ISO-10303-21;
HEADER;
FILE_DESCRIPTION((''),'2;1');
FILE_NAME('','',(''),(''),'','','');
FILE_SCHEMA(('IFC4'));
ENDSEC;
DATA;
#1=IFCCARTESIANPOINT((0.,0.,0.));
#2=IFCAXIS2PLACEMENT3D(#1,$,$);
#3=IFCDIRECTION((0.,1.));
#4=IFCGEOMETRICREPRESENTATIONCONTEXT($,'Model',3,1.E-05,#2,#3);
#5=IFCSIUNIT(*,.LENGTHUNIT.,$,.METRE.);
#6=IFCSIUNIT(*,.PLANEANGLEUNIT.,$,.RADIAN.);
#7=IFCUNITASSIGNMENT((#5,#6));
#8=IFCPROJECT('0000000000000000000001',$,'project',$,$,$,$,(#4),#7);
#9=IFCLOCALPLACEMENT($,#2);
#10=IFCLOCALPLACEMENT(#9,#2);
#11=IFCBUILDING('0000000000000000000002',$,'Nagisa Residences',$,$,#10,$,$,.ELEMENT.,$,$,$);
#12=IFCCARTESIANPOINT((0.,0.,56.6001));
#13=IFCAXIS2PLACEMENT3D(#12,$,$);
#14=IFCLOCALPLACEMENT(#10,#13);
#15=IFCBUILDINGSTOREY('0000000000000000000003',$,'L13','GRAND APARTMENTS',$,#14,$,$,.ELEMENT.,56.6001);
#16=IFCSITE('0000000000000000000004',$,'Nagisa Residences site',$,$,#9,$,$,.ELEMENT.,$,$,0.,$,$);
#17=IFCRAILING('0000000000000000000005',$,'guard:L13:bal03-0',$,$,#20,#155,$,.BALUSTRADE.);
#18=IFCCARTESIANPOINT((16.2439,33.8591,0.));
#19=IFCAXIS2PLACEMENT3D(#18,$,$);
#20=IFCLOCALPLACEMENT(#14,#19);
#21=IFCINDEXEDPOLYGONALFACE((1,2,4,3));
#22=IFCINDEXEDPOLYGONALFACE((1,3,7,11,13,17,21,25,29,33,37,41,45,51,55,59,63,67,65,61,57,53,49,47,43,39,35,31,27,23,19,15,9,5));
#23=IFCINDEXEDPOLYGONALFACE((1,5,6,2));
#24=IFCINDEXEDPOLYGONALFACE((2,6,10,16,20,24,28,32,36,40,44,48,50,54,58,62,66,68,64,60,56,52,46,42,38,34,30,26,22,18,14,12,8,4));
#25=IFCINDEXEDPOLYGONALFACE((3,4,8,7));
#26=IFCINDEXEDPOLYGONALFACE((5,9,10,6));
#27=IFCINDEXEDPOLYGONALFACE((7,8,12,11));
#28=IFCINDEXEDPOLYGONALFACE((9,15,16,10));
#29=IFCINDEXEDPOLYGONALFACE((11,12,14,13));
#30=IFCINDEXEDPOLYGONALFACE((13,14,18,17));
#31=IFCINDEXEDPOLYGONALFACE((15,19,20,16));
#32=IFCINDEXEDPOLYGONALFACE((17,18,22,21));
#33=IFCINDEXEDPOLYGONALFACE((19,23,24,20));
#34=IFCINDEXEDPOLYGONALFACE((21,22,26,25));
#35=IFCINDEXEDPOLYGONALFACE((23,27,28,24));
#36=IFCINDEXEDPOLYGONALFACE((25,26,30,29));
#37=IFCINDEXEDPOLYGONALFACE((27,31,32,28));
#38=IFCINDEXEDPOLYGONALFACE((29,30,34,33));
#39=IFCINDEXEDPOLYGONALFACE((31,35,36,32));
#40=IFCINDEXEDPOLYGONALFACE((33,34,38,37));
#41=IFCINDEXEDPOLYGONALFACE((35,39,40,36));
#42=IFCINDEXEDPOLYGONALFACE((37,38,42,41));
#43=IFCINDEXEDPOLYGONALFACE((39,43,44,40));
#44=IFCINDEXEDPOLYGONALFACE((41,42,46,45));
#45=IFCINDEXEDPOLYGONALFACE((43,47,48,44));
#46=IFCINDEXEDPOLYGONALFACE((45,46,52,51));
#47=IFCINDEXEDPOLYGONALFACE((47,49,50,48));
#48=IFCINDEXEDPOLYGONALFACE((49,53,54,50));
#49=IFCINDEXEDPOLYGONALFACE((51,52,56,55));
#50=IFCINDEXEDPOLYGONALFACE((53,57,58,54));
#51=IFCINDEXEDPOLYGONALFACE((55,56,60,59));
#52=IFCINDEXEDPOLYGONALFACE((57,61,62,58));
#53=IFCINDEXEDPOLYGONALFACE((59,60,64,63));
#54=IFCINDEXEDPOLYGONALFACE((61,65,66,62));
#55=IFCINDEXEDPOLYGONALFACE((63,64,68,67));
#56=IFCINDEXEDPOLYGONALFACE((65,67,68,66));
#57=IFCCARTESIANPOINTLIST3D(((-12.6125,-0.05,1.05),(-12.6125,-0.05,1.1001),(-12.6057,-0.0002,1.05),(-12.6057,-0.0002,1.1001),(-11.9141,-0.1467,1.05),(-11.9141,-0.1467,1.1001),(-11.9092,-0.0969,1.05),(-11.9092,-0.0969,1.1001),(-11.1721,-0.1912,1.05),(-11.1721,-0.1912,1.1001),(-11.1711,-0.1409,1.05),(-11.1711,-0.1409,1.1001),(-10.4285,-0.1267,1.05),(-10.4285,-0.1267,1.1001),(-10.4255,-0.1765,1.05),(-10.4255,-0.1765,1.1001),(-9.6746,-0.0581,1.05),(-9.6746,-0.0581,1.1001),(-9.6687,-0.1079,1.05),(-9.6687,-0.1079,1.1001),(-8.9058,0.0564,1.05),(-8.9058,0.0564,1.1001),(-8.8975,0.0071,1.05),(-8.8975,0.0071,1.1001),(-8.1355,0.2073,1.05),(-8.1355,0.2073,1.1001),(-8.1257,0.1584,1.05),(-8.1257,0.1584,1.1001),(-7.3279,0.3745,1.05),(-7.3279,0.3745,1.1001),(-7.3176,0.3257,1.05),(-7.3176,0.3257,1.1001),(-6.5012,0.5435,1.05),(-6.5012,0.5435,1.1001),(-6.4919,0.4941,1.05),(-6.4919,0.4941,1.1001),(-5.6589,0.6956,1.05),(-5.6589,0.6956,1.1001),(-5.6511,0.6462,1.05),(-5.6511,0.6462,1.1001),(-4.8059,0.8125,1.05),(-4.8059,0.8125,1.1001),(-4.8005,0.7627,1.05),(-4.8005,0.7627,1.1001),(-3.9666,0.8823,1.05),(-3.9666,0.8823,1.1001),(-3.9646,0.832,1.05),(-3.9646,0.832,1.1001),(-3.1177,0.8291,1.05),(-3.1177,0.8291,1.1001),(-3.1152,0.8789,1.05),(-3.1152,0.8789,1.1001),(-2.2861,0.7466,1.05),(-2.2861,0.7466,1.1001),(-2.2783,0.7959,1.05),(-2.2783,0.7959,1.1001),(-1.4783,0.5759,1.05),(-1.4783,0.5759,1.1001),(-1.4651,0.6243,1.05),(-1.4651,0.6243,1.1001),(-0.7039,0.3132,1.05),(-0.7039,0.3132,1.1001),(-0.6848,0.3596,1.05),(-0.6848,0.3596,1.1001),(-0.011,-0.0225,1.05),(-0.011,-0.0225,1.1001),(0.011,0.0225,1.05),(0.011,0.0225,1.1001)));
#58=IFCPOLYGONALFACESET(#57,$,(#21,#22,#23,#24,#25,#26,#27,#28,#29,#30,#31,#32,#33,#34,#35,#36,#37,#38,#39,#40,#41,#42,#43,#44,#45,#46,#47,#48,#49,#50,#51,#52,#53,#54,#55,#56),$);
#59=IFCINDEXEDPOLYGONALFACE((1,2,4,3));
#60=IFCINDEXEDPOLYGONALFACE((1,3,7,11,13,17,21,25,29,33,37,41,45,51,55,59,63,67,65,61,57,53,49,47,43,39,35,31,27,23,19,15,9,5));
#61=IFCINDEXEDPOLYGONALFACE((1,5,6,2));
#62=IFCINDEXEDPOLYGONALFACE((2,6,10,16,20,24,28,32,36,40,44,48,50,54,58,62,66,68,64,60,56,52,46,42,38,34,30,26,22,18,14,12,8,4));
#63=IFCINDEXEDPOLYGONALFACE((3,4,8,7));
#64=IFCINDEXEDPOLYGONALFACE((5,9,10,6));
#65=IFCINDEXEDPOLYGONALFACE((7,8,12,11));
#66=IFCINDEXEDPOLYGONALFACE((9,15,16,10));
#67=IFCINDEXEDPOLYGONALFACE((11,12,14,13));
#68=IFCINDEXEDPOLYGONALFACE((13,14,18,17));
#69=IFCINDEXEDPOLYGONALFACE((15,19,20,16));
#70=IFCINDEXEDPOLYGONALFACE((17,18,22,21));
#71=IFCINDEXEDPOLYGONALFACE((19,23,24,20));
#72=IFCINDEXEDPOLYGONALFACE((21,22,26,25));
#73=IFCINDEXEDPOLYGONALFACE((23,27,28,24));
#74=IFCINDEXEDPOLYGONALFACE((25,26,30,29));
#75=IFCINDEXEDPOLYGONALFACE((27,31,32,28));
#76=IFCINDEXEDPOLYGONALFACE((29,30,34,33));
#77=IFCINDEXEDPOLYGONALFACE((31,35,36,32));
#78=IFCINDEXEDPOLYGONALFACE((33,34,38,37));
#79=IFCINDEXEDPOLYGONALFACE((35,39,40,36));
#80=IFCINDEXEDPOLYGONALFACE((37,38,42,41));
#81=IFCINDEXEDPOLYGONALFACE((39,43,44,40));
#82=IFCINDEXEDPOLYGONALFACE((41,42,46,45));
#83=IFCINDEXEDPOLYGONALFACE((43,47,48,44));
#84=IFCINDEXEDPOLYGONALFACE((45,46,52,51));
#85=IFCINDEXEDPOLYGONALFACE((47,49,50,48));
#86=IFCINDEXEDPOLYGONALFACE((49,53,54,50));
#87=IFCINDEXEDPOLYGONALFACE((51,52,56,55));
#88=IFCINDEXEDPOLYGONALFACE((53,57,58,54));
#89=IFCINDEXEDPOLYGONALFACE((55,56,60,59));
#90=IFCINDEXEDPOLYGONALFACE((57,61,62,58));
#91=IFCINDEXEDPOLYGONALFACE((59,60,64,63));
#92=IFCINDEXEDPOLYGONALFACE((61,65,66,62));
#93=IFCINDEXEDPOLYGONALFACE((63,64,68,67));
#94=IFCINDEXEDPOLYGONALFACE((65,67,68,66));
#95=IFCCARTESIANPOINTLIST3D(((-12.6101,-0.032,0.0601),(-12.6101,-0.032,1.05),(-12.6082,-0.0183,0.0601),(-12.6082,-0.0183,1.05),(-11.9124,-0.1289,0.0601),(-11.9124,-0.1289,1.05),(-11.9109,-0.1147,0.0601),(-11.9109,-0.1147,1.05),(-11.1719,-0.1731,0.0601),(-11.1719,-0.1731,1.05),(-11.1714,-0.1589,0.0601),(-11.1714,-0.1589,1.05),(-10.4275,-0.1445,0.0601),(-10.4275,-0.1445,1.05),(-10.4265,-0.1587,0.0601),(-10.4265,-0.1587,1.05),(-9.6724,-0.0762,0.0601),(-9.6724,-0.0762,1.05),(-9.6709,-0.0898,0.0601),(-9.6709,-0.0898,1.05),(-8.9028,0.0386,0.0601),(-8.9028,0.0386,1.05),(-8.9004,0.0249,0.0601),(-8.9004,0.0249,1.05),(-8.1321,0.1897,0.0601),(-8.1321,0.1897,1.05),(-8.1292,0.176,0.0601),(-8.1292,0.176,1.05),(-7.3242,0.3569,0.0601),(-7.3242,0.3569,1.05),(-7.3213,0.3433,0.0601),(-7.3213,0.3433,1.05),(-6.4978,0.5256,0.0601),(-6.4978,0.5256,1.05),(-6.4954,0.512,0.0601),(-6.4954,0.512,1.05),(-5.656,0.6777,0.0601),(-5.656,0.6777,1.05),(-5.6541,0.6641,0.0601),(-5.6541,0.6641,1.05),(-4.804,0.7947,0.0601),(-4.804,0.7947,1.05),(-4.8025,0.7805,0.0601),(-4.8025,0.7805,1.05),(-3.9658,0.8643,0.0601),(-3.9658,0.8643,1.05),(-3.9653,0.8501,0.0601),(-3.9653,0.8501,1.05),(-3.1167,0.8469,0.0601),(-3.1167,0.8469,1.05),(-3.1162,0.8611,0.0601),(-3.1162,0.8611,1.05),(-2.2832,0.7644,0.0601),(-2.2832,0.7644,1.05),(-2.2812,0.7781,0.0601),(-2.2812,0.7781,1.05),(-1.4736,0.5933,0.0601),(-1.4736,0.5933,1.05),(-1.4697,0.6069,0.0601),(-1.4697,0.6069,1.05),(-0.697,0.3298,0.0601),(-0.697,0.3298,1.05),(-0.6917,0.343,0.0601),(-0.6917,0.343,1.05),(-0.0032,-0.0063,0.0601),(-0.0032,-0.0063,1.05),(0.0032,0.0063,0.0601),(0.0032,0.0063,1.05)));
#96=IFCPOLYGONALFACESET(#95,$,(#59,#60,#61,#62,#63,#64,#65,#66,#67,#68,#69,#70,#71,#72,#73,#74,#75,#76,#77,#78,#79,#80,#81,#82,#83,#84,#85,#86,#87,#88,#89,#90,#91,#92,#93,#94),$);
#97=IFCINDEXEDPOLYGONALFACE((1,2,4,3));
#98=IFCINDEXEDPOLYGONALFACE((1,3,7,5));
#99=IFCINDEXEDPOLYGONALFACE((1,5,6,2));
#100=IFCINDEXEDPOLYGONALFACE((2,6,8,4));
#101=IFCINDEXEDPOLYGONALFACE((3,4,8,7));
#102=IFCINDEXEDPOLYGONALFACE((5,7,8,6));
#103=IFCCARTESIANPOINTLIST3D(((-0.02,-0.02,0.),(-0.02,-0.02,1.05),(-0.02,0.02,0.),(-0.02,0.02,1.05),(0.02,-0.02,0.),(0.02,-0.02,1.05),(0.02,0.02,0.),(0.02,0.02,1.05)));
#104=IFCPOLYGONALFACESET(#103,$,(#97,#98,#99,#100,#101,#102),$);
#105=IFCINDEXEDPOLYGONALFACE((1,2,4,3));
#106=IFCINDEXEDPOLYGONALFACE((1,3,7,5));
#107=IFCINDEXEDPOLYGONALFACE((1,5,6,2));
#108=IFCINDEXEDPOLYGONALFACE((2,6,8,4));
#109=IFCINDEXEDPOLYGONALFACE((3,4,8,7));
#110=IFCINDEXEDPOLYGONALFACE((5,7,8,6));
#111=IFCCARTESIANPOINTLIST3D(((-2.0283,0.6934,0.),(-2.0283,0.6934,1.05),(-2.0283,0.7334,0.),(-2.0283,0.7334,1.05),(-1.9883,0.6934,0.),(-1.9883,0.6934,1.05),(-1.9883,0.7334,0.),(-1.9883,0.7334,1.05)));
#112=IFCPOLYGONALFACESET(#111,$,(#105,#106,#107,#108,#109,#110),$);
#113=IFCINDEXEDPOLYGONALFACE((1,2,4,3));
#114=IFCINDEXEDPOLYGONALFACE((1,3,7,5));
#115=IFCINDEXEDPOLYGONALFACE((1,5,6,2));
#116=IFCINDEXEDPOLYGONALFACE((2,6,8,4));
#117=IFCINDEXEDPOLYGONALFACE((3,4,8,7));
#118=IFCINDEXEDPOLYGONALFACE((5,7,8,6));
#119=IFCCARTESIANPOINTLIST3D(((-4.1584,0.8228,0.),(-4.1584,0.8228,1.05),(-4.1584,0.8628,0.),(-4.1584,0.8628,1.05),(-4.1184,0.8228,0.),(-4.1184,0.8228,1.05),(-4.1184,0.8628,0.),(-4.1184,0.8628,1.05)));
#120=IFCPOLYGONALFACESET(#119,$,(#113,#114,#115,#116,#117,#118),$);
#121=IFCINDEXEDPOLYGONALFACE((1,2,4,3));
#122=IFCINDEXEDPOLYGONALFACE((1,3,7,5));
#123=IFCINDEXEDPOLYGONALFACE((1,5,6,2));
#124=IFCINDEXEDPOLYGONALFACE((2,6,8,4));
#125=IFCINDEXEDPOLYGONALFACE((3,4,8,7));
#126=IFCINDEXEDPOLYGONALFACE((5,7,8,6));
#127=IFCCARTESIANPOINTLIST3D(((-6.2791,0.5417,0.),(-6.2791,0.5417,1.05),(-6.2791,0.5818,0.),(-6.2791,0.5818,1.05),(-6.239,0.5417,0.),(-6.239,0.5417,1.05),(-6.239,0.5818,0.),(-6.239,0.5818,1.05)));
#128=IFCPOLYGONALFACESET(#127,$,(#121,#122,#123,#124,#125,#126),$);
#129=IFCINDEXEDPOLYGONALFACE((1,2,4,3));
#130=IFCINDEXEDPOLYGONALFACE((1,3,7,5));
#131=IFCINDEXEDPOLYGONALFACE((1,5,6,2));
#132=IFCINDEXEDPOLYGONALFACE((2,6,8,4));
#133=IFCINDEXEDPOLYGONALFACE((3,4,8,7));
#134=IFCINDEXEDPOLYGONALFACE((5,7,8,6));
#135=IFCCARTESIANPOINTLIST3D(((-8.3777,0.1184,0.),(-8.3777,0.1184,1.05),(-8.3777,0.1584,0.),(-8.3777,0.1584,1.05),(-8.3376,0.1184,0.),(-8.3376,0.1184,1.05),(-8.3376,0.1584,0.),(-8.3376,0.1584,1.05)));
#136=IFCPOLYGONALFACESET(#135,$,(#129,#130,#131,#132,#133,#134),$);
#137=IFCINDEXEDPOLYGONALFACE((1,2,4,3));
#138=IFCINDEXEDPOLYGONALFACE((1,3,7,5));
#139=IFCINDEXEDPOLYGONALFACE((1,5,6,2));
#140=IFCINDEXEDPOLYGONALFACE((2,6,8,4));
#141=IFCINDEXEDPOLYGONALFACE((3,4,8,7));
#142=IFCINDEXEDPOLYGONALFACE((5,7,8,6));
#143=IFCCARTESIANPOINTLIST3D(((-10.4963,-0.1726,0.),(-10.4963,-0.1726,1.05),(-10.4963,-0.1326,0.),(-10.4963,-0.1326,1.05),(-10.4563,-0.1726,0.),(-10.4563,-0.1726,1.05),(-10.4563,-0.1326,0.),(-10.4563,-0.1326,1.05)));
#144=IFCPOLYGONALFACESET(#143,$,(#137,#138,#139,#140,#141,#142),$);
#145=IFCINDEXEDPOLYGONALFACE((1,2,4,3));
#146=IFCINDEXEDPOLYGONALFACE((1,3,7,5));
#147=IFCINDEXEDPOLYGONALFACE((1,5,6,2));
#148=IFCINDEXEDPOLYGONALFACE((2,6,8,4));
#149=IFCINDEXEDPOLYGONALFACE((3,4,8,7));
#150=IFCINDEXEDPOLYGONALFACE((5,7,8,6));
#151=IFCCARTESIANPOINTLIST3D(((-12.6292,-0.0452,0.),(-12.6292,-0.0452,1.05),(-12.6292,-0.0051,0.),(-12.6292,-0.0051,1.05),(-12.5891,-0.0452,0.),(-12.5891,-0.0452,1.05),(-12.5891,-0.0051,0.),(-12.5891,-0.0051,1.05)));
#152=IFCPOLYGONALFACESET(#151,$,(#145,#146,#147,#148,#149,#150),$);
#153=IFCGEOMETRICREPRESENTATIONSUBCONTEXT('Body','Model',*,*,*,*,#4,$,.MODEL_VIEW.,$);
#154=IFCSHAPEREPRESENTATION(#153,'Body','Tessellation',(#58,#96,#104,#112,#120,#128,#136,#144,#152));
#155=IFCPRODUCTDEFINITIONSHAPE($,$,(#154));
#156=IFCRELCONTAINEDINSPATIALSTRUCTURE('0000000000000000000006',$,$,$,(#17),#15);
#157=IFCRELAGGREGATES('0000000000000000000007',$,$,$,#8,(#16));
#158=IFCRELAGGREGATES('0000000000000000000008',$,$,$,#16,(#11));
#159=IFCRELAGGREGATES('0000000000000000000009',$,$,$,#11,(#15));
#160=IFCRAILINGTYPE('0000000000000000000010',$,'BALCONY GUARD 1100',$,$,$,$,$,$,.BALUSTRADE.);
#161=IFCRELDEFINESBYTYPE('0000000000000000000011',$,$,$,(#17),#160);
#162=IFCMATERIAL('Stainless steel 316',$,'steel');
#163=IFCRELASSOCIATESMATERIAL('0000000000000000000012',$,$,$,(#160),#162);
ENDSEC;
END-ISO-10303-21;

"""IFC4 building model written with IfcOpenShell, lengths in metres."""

from ifc_helpers import new_model, si_unit, direction, frame, origin, origin_2d, place, context, subcontext, project, spatial, polyline, rectangle, outline, extrude, material, type_object, element, save


model = new_model("IFC4")

# Units and contexts
model_context = context("Model", 3, precision=1e-05, world=origin(), true_north=direction((0.0, 1.0)))
body_context = subcontext(model_context, "Body", "Model", "MODEL_VIEW")
ifc_project = project(units=[si_unit("LENGTHUNIT", "METRE"), si_unit("PLANEANGLEUNIT", "RADIAN")], contexts=[model_context])

# Site, building, storey
site_placement = place(None, origin())
site = spatial("IfcSite", under=ifc_project, at=site_placement, Name="Nagisa Residences site", CompositionType="ELEMENT", RefElevation=0.0)
building_placement = place(site_placement, origin())
building = spatial("IfcBuilding", under=site, at=building_placement, Name="Nagisa Residences", CompositionType="ELEMENT")
storey_placement = place(building_placement, frame((0.0, 0.0, 56.6001)))
storey = spatial("IfcBuildingStorey", under=building, at=storey_placement, Name="L13", Description="GRAND APARTMENTS", CompositionType="ELEMENT", Elevation=56.6001)

# Railing
ifc_material_1 = material(Name="Stainless steel 316", Category="steel")
railing_type = type_object("IfcRailingType", Name="BALCONY GUARD 1100", PredefinedType="BALUSTRADE", material=ifc_material_1)
railing_1_placement = place(storey_placement, frame((16.2439, 33.8591, 0.0)))
element("IfcRailing", 1, at=railing_1_placement, inside=storey, type_object=railing_type, Name="guard:L13:bal03-0", PredefinedType="BALUSTRADE", context=body_context, shape_type="SweptSolid", body=[
    extrude(outline(polyline([(-0.7039, 0.3132), (-0.011, -0.0225), (0.011, 0.0225), (-0.6848, 0.3596), (-1.4651, 0.6243), (-2.2783, 0.7959), (-3.1152, 0.8789), (-3.9666, 0.8823), (-4.8059, 0.8125), (-5.6589, 0.6956), (-6.5012, 0.5435), (-7.3279, 0.3745), (-8.1355, 0.2073), (-8.9058, 0.0564), (-9.6746, -0.0581), (-10.4285, -0.1267), (-11.1711, -0.1409), (-11.9092, -0.0969), (-12.6057, -0.0002), (-12.6125, -0.05), (-11.9141, -0.1467), (-11.1721, -0.1912), (-10.4255, -0.1765), (-9.6687, -0.1079), (-8.8975, 0.0071), (-8.1257, 0.1584), (-7.3176, 0.3257), (-6.4919, 0.4941), (-5.6511, 0.6462), (-4.8005, 0.7627), (-3.9646, 0.832), (-3.1177, 0.8291), (-2.2861, 0.7466), (-1.4783, 0.5759), (-0.7039, 0.3132)])), frame((0.0, 0.0, 1.05)), (0.0, 0.0, 1.0), 0.05),
    extrude(outline(polyline([(-0.697, 0.3298), (-0.0032, -0.0063), (0.0032, 0.0063), (-0.6917, 0.343), (-1.4697, 0.6069), (-2.2812, 0.7781), (-3.1162, 0.8611), (-3.9658, 0.8643), (-4.804, 0.7947), (-5.656, 0.6777), (-6.4978, 0.5256), (-7.3242, 0.3569), (-8.1321, 0.1897), (-8.9028, 0.0386), (-9.6724, -0.0762), (-10.4275, -0.1445), (-11.1714, -0.1589), (-11.9109, -0.1147), (-12.6082, -0.0183), (-12.6101, -0.032), (-11.9124, -0.1289), (-11.1719, -0.1731), (-10.4265, -0.1587), (-9.6709, -0.0898), (-8.9004, 0.0249), (-8.1292, 0.176), (-7.3213, 0.3433), (-6.4954, 0.512), (-5.6541, 0.6641), (-4.8025, 0.7805), (-3.9653, 0.8501), (-3.1167, 0.8469), (-2.2832, 0.7644), (-1.4736, 0.5933), (-0.697, 0.3298)])), frame((0.0, 0.0, 0.0601)), (0.0, 0.0, 1.0), 0.99),
    extrude(rectangle(XDim=0.04, YDim=0.04, at=origin_2d()), origin(), (0.0, 0.0, 1.0), 1.05),
    extrude(rectangle(XDim=0.04, YDim=0.04, at=origin_2d()), frame((-2.0083, 0.7134, 0.0)), (0.0, 0.0, 1.0), 1.05),
    extrude(rectangle(XDim=0.04, YDim=0.04, at=origin_2d()), frame((-4.1384, 0.8428, 0.0)), (0.0, 0.0, 1.0), 1.05),
    extrude(rectangle(XDim=0.04, YDim=0.04, at=origin_2d()), frame((-6.259, 0.5618, 0.0)), (0.0, 0.0, 1.0), 1.05),
    extrude(rectangle(XDim=0.04, YDim=0.04, at=origin_2d()), frame((-8.3577, 0.1384, 0.0)), (0.0, 0.0, 1.0), 1.05),
    extrude(rectangle(XDim=0.04, YDim=0.04, at=origin_2d()), frame((-10.4763, -0.1526, 0.0)), (0.0, 0.0, 1.0), 1.05),
    extrude(rectangle(XDim=0.04, YDim=0.04, at=origin_2d()), frame((-12.6091, -0.0251, 0.0)), (0.0, 0.0, 1.0), 1.05),
])

save(model, "model.ifc")
